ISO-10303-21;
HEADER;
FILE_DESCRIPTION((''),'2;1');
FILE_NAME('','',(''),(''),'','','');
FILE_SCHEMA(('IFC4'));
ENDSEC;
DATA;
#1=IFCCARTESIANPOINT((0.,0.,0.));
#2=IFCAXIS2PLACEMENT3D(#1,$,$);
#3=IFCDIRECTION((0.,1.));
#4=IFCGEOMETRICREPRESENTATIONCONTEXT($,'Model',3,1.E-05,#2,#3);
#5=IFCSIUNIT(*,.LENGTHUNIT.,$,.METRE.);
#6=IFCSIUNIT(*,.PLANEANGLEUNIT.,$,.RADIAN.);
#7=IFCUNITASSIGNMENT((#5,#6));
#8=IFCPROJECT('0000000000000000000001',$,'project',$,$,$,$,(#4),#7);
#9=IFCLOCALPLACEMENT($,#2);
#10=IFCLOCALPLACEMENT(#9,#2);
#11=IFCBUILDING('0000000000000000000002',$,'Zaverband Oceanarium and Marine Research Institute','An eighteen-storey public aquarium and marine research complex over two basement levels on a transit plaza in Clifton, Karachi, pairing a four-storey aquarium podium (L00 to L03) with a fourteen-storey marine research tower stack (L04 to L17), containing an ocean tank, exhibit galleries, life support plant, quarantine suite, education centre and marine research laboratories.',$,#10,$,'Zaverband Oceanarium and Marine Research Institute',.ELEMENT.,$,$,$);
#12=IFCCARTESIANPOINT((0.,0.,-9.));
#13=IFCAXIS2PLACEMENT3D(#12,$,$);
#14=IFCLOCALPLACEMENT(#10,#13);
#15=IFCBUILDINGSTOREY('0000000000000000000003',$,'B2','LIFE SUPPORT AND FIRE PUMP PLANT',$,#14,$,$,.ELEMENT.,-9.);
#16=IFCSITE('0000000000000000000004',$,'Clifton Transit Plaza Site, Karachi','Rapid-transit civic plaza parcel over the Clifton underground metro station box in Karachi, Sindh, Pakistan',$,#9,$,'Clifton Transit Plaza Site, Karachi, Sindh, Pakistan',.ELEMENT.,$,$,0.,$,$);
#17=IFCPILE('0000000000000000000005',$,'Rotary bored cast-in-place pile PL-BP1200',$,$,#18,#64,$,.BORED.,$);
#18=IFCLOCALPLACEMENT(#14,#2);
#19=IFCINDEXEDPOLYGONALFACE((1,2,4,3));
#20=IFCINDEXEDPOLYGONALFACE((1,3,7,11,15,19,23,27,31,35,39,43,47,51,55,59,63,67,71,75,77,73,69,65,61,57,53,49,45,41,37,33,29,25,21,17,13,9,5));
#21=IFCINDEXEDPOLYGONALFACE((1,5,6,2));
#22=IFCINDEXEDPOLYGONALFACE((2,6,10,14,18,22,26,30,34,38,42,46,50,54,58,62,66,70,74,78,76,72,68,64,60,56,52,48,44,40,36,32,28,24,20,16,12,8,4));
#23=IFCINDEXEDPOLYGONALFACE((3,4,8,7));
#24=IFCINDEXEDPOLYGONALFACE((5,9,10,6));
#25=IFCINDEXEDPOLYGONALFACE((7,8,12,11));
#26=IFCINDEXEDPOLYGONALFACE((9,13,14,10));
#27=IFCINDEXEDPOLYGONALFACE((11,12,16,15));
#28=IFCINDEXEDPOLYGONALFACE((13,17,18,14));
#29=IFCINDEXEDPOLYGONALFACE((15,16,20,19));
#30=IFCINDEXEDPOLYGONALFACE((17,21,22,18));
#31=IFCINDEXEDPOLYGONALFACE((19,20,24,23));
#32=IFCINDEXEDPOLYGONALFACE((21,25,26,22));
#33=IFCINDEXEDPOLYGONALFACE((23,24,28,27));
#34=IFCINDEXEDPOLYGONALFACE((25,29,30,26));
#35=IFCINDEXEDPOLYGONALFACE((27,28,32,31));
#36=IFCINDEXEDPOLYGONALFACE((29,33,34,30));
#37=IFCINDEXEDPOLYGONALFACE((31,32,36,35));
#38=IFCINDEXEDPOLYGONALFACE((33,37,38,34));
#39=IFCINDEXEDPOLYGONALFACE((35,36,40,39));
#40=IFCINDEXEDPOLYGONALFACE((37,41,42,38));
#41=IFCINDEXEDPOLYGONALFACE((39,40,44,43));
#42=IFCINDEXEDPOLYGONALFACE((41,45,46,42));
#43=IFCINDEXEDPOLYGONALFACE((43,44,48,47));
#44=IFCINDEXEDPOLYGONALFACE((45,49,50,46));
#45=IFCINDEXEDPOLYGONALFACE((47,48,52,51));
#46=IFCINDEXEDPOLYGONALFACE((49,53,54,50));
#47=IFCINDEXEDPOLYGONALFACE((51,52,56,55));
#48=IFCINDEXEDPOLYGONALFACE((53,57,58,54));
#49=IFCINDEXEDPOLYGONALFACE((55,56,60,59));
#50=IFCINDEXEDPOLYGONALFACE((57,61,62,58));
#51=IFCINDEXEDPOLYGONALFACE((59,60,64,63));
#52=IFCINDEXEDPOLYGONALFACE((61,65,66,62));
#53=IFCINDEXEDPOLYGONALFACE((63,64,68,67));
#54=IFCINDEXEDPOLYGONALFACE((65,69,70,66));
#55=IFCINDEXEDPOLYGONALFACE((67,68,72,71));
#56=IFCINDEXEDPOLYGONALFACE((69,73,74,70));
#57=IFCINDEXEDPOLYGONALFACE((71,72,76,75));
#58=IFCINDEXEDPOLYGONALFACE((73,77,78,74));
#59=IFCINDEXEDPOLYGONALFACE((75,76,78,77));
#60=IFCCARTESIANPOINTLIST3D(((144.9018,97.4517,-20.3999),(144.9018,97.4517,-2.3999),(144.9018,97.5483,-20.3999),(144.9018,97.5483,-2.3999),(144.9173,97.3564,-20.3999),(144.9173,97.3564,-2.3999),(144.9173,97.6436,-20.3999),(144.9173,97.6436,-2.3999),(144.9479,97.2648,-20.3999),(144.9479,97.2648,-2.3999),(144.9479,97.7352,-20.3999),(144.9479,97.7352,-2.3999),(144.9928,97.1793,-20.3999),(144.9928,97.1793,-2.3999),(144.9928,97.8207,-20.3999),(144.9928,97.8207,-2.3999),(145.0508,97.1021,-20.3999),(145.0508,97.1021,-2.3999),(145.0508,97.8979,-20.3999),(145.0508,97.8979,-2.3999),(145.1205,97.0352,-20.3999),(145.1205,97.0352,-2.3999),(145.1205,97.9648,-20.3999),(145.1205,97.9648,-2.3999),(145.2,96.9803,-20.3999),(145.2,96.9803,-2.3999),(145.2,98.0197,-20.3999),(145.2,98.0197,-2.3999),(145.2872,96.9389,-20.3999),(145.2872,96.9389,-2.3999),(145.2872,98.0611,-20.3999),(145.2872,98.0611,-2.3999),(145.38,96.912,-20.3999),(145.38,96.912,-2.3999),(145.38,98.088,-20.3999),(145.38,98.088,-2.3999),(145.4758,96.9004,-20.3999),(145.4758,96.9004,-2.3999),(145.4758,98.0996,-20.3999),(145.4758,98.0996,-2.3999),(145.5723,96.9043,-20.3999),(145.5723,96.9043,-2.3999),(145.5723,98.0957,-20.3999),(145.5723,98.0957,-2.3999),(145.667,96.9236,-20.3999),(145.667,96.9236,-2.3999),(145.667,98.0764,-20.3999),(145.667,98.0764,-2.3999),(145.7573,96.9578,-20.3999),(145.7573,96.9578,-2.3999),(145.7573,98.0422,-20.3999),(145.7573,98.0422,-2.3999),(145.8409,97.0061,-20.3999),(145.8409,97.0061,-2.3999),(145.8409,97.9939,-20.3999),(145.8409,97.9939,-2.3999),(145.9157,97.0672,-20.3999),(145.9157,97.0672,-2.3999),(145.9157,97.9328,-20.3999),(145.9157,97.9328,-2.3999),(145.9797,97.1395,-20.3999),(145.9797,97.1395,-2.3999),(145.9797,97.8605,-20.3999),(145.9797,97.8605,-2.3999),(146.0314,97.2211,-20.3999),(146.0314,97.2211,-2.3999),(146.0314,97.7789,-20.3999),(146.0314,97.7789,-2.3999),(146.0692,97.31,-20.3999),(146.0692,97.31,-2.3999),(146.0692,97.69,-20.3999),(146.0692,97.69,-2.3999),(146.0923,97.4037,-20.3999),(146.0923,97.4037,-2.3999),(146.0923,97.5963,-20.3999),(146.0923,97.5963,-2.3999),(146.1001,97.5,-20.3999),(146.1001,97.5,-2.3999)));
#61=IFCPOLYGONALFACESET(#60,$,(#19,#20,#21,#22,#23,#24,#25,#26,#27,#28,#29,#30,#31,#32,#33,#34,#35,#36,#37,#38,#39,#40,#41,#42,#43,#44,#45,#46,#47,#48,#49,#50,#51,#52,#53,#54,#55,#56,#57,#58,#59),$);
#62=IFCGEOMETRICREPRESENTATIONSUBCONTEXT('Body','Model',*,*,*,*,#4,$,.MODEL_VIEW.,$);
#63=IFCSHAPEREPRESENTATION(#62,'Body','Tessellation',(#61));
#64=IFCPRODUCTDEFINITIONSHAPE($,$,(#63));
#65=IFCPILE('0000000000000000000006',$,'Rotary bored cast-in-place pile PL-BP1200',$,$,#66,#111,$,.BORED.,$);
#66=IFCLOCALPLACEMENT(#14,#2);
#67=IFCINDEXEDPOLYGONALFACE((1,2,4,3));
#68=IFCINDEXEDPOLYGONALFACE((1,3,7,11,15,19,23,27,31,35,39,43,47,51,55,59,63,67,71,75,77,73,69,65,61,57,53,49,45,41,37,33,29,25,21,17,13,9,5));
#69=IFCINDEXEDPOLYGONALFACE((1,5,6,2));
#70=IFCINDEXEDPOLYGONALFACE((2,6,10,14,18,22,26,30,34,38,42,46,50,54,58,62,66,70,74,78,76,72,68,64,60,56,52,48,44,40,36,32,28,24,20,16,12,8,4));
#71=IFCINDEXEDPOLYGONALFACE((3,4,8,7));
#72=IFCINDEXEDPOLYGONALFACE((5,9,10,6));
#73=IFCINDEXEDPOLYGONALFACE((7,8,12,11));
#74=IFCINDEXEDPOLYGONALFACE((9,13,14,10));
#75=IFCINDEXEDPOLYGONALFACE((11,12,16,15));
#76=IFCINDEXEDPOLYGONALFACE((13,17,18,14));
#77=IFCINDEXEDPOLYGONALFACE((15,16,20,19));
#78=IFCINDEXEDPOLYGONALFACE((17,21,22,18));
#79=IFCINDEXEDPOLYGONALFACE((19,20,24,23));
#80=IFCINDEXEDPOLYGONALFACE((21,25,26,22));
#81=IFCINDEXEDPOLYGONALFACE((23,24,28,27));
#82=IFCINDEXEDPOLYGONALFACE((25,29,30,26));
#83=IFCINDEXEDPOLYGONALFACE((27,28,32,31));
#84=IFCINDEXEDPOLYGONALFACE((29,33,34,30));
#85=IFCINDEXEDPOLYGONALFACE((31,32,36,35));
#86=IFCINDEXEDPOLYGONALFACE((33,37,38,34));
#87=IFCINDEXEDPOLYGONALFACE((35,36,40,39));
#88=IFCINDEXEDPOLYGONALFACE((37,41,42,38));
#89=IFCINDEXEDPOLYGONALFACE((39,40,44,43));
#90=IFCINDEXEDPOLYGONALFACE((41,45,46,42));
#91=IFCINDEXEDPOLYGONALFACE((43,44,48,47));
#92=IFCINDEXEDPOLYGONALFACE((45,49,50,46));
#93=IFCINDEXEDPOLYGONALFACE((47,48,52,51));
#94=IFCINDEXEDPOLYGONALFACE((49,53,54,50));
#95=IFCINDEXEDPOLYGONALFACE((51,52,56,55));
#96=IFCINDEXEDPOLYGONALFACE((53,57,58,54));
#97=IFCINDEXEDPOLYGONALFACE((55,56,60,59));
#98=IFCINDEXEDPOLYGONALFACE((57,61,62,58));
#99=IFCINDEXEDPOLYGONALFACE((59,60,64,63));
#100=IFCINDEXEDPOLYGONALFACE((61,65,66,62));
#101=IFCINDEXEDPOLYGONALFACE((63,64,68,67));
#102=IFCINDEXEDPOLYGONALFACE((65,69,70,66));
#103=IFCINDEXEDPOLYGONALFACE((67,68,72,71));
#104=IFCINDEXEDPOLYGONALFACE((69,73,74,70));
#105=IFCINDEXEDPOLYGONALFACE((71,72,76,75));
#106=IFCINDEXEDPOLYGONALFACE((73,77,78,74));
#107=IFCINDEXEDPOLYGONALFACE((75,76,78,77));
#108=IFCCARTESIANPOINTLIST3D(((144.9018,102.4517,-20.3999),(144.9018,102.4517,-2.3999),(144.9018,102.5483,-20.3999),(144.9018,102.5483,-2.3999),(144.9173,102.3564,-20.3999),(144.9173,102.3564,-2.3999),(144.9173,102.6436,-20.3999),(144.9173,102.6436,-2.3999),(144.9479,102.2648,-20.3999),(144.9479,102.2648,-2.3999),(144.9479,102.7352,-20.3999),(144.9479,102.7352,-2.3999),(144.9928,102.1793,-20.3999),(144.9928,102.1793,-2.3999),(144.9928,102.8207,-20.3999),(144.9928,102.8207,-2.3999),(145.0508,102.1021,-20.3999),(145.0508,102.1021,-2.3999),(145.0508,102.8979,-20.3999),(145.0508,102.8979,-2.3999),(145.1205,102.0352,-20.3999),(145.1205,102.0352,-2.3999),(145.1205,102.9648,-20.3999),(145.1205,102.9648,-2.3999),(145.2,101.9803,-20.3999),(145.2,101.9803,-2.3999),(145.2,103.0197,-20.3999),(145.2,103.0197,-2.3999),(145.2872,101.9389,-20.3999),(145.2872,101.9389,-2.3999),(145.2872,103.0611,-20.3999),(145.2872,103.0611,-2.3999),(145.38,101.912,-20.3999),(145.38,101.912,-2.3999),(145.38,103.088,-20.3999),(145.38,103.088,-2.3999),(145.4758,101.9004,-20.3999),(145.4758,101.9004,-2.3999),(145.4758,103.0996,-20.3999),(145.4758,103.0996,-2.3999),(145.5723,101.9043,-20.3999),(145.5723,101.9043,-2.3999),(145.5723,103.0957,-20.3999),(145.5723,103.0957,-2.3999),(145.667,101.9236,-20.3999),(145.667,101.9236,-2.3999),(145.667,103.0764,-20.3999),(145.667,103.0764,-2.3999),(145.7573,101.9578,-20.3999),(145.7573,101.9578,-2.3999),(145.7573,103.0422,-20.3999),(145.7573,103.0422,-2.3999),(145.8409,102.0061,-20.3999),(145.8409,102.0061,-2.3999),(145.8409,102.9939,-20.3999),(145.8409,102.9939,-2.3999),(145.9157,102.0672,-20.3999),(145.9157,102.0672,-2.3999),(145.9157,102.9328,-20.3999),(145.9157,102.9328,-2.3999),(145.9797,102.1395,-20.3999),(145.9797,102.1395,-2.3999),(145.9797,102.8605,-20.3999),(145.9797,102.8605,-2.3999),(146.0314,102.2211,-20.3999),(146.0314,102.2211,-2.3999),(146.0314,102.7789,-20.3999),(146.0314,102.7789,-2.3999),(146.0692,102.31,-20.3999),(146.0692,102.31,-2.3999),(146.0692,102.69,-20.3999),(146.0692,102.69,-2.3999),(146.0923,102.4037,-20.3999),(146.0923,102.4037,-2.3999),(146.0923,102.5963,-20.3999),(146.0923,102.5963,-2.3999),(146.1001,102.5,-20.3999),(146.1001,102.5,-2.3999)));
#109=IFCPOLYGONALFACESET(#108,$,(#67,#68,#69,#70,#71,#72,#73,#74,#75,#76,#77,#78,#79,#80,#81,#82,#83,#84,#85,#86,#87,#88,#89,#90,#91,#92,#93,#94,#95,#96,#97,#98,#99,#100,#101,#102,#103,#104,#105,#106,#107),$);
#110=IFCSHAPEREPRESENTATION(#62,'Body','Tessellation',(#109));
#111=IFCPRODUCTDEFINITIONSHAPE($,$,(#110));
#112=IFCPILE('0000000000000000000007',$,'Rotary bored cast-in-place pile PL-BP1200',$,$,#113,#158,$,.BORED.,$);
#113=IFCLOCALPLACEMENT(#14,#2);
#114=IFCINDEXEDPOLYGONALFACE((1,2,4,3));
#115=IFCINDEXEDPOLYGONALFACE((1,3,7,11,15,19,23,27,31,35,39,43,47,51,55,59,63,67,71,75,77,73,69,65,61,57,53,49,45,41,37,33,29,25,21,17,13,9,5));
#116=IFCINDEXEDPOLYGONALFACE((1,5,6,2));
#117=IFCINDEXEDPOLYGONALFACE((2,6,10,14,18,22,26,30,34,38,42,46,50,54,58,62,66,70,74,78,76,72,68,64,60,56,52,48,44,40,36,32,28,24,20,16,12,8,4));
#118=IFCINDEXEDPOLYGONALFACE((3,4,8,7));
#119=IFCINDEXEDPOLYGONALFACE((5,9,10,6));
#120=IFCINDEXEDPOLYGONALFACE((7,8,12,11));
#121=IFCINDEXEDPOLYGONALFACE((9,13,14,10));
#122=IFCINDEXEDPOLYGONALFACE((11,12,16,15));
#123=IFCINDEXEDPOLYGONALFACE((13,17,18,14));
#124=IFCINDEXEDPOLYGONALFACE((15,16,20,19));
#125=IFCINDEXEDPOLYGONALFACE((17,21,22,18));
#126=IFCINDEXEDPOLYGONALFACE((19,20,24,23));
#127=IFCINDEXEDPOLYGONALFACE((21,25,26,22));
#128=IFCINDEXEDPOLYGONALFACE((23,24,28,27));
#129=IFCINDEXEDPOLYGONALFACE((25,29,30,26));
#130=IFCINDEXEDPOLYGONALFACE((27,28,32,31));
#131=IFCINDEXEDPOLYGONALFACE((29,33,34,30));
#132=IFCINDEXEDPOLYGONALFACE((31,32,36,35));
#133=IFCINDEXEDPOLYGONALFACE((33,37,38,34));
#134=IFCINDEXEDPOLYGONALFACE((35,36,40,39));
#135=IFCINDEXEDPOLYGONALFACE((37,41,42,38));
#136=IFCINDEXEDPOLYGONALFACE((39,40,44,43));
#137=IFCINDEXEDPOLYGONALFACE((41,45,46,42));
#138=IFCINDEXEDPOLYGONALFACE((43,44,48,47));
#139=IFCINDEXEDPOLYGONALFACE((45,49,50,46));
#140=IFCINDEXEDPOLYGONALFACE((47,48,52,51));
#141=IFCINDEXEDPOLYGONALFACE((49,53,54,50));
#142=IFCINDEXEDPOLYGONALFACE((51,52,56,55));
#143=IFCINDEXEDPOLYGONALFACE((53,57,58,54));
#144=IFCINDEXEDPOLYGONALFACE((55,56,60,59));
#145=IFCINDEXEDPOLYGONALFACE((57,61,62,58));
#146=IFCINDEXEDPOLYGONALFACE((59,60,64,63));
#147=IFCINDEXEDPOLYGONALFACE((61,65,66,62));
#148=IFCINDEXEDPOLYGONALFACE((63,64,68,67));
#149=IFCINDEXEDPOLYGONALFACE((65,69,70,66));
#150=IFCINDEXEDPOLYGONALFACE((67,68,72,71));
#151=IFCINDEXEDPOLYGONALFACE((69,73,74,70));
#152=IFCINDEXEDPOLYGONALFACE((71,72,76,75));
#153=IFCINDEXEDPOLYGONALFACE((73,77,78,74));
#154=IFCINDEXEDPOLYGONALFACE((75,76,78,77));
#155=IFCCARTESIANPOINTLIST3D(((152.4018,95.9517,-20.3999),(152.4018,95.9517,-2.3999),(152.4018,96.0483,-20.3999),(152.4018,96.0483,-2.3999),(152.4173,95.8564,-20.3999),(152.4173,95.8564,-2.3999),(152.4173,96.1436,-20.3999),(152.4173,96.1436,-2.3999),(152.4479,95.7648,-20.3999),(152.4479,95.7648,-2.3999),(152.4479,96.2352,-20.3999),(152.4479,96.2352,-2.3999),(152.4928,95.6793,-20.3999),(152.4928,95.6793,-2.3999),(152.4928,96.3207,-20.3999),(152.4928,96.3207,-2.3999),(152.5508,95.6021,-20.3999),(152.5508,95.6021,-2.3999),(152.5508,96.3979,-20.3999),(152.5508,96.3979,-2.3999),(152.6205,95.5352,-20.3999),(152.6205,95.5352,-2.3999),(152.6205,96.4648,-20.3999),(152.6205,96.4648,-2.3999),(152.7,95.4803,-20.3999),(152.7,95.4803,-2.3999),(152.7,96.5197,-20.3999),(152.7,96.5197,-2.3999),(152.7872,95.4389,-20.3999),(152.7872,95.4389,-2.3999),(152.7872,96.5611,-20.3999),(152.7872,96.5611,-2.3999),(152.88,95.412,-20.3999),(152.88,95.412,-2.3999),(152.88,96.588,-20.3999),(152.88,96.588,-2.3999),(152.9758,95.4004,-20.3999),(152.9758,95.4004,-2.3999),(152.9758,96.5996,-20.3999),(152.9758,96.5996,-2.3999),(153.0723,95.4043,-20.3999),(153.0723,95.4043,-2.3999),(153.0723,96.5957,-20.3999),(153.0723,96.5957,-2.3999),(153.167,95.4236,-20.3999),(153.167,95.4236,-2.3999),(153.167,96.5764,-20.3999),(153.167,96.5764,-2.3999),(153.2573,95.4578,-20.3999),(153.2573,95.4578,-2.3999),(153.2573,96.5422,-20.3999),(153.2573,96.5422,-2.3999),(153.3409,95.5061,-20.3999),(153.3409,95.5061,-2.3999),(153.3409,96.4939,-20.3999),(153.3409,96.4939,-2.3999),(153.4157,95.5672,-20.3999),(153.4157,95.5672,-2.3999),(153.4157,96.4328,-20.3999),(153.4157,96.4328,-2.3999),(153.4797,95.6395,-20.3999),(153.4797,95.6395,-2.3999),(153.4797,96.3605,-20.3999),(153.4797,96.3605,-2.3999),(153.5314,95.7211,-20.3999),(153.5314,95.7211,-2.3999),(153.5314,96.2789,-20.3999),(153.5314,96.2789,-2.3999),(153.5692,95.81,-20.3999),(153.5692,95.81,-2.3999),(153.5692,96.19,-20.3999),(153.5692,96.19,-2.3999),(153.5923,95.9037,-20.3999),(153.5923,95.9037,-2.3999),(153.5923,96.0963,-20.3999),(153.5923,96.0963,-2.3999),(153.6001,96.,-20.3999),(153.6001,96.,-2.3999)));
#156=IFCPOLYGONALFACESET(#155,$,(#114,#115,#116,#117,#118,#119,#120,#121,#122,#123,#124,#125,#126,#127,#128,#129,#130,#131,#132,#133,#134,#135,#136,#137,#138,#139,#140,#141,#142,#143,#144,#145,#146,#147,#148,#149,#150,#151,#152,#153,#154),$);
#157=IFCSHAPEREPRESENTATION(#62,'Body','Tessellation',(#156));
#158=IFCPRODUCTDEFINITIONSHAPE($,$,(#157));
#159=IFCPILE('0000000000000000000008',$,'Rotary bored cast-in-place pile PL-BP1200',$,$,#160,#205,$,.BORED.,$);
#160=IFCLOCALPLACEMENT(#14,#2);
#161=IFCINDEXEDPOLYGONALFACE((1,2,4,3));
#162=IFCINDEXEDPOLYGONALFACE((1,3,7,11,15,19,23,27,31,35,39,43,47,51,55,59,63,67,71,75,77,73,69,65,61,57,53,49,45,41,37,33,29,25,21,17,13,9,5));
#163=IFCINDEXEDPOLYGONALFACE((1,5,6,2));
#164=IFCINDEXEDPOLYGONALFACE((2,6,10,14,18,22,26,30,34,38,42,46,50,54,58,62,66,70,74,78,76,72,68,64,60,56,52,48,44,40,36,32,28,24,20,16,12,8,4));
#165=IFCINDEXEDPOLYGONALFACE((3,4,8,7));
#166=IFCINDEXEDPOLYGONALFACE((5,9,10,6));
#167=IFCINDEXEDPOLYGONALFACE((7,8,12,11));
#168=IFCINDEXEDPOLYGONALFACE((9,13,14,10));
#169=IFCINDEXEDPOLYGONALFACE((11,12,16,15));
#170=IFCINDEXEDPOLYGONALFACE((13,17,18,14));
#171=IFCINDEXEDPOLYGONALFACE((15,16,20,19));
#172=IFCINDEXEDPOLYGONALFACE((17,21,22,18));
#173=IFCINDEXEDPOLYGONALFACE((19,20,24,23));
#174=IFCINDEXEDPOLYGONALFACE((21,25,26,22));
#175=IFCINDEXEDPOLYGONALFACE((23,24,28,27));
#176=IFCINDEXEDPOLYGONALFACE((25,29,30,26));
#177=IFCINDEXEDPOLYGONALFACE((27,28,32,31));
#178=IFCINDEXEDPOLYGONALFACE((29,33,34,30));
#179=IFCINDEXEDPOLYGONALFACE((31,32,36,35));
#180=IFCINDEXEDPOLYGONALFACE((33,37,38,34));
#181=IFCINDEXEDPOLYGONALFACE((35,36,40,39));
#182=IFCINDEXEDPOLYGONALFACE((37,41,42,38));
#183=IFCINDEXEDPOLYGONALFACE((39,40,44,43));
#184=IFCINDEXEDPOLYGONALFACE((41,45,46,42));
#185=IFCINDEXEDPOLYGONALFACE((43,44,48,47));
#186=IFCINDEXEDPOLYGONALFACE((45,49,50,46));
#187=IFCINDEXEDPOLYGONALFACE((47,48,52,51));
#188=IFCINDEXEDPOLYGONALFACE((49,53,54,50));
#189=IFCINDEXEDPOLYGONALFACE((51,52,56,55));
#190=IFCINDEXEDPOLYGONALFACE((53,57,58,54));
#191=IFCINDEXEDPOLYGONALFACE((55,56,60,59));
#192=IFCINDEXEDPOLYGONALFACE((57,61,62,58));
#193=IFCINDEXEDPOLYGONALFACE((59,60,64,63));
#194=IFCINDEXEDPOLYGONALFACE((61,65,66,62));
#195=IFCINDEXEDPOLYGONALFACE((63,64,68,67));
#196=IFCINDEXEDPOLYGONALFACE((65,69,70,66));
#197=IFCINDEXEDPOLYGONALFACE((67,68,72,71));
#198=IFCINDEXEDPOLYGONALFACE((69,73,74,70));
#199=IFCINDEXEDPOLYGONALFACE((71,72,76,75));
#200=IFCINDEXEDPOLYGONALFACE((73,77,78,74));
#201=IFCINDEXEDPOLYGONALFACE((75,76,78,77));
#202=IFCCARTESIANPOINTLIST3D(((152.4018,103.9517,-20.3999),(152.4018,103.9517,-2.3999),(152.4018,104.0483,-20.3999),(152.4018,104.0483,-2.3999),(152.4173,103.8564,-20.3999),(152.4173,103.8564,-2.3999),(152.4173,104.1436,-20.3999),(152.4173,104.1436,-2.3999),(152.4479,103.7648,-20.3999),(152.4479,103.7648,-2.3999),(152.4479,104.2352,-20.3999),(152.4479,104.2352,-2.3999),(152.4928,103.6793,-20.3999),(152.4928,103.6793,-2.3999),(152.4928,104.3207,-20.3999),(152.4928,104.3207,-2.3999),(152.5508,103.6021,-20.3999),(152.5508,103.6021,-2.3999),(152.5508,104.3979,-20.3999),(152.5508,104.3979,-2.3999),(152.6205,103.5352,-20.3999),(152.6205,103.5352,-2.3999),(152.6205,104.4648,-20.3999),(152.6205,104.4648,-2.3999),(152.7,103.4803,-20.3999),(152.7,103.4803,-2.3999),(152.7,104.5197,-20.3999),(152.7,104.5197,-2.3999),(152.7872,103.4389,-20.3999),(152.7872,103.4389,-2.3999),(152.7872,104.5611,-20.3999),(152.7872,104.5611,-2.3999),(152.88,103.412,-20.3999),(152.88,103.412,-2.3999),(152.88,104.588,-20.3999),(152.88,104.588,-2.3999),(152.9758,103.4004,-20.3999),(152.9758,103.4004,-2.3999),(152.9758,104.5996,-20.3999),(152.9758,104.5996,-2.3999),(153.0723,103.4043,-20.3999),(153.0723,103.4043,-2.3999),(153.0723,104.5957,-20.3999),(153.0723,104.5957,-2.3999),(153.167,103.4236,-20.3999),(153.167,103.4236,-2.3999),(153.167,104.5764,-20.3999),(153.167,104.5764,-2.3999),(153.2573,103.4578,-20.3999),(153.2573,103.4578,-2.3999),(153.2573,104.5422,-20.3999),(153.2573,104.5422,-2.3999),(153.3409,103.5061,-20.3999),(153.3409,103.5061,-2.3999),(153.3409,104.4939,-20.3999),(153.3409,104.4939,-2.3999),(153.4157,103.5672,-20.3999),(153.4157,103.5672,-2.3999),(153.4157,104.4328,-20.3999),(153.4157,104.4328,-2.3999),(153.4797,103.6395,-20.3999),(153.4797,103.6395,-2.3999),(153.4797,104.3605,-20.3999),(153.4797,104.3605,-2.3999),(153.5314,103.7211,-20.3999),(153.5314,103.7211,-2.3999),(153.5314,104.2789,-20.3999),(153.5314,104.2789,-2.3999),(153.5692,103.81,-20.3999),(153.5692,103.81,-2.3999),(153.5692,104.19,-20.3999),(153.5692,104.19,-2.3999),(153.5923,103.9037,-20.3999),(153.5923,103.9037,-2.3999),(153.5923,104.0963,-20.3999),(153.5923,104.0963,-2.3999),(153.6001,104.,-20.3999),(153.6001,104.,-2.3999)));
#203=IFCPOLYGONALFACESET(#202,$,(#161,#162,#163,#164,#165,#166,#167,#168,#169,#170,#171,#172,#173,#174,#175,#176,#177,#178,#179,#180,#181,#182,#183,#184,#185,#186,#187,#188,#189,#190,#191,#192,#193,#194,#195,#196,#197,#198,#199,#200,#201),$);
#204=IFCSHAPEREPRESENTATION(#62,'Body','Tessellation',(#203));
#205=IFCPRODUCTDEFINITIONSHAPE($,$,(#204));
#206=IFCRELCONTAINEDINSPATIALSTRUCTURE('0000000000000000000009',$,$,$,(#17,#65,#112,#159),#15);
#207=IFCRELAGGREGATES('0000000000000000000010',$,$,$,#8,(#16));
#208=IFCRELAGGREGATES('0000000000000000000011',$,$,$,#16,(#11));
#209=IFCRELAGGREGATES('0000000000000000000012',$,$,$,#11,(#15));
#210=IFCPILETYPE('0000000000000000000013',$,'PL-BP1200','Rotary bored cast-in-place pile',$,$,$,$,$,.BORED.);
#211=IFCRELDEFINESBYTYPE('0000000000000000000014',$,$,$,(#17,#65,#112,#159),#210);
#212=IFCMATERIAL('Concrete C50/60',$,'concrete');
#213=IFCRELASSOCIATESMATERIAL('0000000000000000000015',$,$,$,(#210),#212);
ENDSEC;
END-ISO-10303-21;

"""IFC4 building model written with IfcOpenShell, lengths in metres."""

from ifc_helpers import new_model, si_unit, direction, frame, origin, origin_2d, place, context, subcontext, project, spatial, circle, extrude, material, material_profile, profile_set, type_object, element, save


model = new_model("IFC4")

# Units and contexts
model_context = context("Model", 3, precision=1e-05, world=origin(), true_north=direction((0.0, 1.0)))
body_context = subcontext(model_context, "Body", "Model", "MODEL_VIEW")
ifc_project = project(units=[si_unit("LENGTHUNIT", "METRE"), si_unit("PLANEANGLEUNIT", "RADIAN")], contexts=[model_context])

# Site, building, storey
site_placement = place(None, origin())
site = spatial("IfcSite", under=ifc_project, at=site_placement, Name="Clifton Transit Plaza Site, Karachi", Description="Rapid-transit civic plaza parcel over the Clifton underground metro station box in Karachi, Sindh, Pakistan", LongName="Clifton Transit Plaza Site, Karachi, Sindh, Pakistan", CompositionType="ELEMENT", RefElevation=0.0)
building_placement = place(site_placement, origin())
building = spatial("IfcBuilding", under=site, at=building_placement, Name="Zaverband Oceanarium and Marine Research Institute", Description="An eighteen-storey public aquarium and marine research complex over two basement levels on a transit plaza in Clifton, Karachi, pairing a four-storey aquarium podium (L00 to L03) with a fourteen-storey marine research tower stack (L04 to L17), containing an ocean tank, exhibit galleries, life support plant, quarantine suite, education centre and marine research laboratories.", LongName="Zaverband Oceanarium and Marine Research Institute", CompositionType="ELEMENT")
storey_placement = place(building_placement, frame((0.0, 0.0, -9.0)))
storey = spatial("IfcBuildingStorey", under=building, at=storey_placement, Name="B2", Description="LIFE SUPPORT AND FIRE PUMP PLANT", CompositionType="ELEMENT", Elevation=-9.0)

# Shared definitions
ifc_material_1 = material(Name="Concrete C50/60", Category="concrete")

# Piles
ifc_material_profile_1 = material_profile(ifc_material_1, circle(Radius=0.6001, at=origin_2d()), Name="BP1200")
ifc_profile_set_1 = profile_set([ifc_material_profile_1], Name="Concrete C50/60")
pile_type_1 = type_object("IfcPileType", Name="PL-BP1200", Description="Rotary bored cast-in-place pile", PredefinedType="BORED", material=ifc_profile_set_1)
for number, where, z_axis, x_axis, name in (
    (1, (145.5, 97.5, -2.3999), (0.0, 0.0, -1.0), (1.0, 0.0, 0.0), "Rotary bored cast-in-place pile PL-BP1200"),
    (2, (145.5, 102.5, -2.3999), (0.0, 0.0, -1.0), (1.0, 0.0, 0.0), "Rotary bored cast-in-place pile PL-BP1200"),
    (3, (153.0, 96.0, -2.3999), (0.0, 0.0, -1.0), (1.0, 0.0, 0.0), "Rotary bored cast-in-place pile PL-BP1200"),
    (4, (153.0, 104.0, -2.3999), (0.0, 0.0, -1.0), (1.0, 0.0, 0.0), "Rotary bored cast-in-place pile PL-BP1200"),
):
    element("IfcPile", number, at=place(storey_placement, frame(where, z_axis=z_axis, x_axis=x_axis)), inside=storey, type_object=pile_type_1, Name=name, PredefinedType="BORED", context=body_context, shape_type="SweptSolid", body=[
        extrude(circle(Radius=0.6001, at=origin_2d()), origin(), (0.0, 0.0, 1.0), 18.0),
    ])

save(model, "model.ifc")
